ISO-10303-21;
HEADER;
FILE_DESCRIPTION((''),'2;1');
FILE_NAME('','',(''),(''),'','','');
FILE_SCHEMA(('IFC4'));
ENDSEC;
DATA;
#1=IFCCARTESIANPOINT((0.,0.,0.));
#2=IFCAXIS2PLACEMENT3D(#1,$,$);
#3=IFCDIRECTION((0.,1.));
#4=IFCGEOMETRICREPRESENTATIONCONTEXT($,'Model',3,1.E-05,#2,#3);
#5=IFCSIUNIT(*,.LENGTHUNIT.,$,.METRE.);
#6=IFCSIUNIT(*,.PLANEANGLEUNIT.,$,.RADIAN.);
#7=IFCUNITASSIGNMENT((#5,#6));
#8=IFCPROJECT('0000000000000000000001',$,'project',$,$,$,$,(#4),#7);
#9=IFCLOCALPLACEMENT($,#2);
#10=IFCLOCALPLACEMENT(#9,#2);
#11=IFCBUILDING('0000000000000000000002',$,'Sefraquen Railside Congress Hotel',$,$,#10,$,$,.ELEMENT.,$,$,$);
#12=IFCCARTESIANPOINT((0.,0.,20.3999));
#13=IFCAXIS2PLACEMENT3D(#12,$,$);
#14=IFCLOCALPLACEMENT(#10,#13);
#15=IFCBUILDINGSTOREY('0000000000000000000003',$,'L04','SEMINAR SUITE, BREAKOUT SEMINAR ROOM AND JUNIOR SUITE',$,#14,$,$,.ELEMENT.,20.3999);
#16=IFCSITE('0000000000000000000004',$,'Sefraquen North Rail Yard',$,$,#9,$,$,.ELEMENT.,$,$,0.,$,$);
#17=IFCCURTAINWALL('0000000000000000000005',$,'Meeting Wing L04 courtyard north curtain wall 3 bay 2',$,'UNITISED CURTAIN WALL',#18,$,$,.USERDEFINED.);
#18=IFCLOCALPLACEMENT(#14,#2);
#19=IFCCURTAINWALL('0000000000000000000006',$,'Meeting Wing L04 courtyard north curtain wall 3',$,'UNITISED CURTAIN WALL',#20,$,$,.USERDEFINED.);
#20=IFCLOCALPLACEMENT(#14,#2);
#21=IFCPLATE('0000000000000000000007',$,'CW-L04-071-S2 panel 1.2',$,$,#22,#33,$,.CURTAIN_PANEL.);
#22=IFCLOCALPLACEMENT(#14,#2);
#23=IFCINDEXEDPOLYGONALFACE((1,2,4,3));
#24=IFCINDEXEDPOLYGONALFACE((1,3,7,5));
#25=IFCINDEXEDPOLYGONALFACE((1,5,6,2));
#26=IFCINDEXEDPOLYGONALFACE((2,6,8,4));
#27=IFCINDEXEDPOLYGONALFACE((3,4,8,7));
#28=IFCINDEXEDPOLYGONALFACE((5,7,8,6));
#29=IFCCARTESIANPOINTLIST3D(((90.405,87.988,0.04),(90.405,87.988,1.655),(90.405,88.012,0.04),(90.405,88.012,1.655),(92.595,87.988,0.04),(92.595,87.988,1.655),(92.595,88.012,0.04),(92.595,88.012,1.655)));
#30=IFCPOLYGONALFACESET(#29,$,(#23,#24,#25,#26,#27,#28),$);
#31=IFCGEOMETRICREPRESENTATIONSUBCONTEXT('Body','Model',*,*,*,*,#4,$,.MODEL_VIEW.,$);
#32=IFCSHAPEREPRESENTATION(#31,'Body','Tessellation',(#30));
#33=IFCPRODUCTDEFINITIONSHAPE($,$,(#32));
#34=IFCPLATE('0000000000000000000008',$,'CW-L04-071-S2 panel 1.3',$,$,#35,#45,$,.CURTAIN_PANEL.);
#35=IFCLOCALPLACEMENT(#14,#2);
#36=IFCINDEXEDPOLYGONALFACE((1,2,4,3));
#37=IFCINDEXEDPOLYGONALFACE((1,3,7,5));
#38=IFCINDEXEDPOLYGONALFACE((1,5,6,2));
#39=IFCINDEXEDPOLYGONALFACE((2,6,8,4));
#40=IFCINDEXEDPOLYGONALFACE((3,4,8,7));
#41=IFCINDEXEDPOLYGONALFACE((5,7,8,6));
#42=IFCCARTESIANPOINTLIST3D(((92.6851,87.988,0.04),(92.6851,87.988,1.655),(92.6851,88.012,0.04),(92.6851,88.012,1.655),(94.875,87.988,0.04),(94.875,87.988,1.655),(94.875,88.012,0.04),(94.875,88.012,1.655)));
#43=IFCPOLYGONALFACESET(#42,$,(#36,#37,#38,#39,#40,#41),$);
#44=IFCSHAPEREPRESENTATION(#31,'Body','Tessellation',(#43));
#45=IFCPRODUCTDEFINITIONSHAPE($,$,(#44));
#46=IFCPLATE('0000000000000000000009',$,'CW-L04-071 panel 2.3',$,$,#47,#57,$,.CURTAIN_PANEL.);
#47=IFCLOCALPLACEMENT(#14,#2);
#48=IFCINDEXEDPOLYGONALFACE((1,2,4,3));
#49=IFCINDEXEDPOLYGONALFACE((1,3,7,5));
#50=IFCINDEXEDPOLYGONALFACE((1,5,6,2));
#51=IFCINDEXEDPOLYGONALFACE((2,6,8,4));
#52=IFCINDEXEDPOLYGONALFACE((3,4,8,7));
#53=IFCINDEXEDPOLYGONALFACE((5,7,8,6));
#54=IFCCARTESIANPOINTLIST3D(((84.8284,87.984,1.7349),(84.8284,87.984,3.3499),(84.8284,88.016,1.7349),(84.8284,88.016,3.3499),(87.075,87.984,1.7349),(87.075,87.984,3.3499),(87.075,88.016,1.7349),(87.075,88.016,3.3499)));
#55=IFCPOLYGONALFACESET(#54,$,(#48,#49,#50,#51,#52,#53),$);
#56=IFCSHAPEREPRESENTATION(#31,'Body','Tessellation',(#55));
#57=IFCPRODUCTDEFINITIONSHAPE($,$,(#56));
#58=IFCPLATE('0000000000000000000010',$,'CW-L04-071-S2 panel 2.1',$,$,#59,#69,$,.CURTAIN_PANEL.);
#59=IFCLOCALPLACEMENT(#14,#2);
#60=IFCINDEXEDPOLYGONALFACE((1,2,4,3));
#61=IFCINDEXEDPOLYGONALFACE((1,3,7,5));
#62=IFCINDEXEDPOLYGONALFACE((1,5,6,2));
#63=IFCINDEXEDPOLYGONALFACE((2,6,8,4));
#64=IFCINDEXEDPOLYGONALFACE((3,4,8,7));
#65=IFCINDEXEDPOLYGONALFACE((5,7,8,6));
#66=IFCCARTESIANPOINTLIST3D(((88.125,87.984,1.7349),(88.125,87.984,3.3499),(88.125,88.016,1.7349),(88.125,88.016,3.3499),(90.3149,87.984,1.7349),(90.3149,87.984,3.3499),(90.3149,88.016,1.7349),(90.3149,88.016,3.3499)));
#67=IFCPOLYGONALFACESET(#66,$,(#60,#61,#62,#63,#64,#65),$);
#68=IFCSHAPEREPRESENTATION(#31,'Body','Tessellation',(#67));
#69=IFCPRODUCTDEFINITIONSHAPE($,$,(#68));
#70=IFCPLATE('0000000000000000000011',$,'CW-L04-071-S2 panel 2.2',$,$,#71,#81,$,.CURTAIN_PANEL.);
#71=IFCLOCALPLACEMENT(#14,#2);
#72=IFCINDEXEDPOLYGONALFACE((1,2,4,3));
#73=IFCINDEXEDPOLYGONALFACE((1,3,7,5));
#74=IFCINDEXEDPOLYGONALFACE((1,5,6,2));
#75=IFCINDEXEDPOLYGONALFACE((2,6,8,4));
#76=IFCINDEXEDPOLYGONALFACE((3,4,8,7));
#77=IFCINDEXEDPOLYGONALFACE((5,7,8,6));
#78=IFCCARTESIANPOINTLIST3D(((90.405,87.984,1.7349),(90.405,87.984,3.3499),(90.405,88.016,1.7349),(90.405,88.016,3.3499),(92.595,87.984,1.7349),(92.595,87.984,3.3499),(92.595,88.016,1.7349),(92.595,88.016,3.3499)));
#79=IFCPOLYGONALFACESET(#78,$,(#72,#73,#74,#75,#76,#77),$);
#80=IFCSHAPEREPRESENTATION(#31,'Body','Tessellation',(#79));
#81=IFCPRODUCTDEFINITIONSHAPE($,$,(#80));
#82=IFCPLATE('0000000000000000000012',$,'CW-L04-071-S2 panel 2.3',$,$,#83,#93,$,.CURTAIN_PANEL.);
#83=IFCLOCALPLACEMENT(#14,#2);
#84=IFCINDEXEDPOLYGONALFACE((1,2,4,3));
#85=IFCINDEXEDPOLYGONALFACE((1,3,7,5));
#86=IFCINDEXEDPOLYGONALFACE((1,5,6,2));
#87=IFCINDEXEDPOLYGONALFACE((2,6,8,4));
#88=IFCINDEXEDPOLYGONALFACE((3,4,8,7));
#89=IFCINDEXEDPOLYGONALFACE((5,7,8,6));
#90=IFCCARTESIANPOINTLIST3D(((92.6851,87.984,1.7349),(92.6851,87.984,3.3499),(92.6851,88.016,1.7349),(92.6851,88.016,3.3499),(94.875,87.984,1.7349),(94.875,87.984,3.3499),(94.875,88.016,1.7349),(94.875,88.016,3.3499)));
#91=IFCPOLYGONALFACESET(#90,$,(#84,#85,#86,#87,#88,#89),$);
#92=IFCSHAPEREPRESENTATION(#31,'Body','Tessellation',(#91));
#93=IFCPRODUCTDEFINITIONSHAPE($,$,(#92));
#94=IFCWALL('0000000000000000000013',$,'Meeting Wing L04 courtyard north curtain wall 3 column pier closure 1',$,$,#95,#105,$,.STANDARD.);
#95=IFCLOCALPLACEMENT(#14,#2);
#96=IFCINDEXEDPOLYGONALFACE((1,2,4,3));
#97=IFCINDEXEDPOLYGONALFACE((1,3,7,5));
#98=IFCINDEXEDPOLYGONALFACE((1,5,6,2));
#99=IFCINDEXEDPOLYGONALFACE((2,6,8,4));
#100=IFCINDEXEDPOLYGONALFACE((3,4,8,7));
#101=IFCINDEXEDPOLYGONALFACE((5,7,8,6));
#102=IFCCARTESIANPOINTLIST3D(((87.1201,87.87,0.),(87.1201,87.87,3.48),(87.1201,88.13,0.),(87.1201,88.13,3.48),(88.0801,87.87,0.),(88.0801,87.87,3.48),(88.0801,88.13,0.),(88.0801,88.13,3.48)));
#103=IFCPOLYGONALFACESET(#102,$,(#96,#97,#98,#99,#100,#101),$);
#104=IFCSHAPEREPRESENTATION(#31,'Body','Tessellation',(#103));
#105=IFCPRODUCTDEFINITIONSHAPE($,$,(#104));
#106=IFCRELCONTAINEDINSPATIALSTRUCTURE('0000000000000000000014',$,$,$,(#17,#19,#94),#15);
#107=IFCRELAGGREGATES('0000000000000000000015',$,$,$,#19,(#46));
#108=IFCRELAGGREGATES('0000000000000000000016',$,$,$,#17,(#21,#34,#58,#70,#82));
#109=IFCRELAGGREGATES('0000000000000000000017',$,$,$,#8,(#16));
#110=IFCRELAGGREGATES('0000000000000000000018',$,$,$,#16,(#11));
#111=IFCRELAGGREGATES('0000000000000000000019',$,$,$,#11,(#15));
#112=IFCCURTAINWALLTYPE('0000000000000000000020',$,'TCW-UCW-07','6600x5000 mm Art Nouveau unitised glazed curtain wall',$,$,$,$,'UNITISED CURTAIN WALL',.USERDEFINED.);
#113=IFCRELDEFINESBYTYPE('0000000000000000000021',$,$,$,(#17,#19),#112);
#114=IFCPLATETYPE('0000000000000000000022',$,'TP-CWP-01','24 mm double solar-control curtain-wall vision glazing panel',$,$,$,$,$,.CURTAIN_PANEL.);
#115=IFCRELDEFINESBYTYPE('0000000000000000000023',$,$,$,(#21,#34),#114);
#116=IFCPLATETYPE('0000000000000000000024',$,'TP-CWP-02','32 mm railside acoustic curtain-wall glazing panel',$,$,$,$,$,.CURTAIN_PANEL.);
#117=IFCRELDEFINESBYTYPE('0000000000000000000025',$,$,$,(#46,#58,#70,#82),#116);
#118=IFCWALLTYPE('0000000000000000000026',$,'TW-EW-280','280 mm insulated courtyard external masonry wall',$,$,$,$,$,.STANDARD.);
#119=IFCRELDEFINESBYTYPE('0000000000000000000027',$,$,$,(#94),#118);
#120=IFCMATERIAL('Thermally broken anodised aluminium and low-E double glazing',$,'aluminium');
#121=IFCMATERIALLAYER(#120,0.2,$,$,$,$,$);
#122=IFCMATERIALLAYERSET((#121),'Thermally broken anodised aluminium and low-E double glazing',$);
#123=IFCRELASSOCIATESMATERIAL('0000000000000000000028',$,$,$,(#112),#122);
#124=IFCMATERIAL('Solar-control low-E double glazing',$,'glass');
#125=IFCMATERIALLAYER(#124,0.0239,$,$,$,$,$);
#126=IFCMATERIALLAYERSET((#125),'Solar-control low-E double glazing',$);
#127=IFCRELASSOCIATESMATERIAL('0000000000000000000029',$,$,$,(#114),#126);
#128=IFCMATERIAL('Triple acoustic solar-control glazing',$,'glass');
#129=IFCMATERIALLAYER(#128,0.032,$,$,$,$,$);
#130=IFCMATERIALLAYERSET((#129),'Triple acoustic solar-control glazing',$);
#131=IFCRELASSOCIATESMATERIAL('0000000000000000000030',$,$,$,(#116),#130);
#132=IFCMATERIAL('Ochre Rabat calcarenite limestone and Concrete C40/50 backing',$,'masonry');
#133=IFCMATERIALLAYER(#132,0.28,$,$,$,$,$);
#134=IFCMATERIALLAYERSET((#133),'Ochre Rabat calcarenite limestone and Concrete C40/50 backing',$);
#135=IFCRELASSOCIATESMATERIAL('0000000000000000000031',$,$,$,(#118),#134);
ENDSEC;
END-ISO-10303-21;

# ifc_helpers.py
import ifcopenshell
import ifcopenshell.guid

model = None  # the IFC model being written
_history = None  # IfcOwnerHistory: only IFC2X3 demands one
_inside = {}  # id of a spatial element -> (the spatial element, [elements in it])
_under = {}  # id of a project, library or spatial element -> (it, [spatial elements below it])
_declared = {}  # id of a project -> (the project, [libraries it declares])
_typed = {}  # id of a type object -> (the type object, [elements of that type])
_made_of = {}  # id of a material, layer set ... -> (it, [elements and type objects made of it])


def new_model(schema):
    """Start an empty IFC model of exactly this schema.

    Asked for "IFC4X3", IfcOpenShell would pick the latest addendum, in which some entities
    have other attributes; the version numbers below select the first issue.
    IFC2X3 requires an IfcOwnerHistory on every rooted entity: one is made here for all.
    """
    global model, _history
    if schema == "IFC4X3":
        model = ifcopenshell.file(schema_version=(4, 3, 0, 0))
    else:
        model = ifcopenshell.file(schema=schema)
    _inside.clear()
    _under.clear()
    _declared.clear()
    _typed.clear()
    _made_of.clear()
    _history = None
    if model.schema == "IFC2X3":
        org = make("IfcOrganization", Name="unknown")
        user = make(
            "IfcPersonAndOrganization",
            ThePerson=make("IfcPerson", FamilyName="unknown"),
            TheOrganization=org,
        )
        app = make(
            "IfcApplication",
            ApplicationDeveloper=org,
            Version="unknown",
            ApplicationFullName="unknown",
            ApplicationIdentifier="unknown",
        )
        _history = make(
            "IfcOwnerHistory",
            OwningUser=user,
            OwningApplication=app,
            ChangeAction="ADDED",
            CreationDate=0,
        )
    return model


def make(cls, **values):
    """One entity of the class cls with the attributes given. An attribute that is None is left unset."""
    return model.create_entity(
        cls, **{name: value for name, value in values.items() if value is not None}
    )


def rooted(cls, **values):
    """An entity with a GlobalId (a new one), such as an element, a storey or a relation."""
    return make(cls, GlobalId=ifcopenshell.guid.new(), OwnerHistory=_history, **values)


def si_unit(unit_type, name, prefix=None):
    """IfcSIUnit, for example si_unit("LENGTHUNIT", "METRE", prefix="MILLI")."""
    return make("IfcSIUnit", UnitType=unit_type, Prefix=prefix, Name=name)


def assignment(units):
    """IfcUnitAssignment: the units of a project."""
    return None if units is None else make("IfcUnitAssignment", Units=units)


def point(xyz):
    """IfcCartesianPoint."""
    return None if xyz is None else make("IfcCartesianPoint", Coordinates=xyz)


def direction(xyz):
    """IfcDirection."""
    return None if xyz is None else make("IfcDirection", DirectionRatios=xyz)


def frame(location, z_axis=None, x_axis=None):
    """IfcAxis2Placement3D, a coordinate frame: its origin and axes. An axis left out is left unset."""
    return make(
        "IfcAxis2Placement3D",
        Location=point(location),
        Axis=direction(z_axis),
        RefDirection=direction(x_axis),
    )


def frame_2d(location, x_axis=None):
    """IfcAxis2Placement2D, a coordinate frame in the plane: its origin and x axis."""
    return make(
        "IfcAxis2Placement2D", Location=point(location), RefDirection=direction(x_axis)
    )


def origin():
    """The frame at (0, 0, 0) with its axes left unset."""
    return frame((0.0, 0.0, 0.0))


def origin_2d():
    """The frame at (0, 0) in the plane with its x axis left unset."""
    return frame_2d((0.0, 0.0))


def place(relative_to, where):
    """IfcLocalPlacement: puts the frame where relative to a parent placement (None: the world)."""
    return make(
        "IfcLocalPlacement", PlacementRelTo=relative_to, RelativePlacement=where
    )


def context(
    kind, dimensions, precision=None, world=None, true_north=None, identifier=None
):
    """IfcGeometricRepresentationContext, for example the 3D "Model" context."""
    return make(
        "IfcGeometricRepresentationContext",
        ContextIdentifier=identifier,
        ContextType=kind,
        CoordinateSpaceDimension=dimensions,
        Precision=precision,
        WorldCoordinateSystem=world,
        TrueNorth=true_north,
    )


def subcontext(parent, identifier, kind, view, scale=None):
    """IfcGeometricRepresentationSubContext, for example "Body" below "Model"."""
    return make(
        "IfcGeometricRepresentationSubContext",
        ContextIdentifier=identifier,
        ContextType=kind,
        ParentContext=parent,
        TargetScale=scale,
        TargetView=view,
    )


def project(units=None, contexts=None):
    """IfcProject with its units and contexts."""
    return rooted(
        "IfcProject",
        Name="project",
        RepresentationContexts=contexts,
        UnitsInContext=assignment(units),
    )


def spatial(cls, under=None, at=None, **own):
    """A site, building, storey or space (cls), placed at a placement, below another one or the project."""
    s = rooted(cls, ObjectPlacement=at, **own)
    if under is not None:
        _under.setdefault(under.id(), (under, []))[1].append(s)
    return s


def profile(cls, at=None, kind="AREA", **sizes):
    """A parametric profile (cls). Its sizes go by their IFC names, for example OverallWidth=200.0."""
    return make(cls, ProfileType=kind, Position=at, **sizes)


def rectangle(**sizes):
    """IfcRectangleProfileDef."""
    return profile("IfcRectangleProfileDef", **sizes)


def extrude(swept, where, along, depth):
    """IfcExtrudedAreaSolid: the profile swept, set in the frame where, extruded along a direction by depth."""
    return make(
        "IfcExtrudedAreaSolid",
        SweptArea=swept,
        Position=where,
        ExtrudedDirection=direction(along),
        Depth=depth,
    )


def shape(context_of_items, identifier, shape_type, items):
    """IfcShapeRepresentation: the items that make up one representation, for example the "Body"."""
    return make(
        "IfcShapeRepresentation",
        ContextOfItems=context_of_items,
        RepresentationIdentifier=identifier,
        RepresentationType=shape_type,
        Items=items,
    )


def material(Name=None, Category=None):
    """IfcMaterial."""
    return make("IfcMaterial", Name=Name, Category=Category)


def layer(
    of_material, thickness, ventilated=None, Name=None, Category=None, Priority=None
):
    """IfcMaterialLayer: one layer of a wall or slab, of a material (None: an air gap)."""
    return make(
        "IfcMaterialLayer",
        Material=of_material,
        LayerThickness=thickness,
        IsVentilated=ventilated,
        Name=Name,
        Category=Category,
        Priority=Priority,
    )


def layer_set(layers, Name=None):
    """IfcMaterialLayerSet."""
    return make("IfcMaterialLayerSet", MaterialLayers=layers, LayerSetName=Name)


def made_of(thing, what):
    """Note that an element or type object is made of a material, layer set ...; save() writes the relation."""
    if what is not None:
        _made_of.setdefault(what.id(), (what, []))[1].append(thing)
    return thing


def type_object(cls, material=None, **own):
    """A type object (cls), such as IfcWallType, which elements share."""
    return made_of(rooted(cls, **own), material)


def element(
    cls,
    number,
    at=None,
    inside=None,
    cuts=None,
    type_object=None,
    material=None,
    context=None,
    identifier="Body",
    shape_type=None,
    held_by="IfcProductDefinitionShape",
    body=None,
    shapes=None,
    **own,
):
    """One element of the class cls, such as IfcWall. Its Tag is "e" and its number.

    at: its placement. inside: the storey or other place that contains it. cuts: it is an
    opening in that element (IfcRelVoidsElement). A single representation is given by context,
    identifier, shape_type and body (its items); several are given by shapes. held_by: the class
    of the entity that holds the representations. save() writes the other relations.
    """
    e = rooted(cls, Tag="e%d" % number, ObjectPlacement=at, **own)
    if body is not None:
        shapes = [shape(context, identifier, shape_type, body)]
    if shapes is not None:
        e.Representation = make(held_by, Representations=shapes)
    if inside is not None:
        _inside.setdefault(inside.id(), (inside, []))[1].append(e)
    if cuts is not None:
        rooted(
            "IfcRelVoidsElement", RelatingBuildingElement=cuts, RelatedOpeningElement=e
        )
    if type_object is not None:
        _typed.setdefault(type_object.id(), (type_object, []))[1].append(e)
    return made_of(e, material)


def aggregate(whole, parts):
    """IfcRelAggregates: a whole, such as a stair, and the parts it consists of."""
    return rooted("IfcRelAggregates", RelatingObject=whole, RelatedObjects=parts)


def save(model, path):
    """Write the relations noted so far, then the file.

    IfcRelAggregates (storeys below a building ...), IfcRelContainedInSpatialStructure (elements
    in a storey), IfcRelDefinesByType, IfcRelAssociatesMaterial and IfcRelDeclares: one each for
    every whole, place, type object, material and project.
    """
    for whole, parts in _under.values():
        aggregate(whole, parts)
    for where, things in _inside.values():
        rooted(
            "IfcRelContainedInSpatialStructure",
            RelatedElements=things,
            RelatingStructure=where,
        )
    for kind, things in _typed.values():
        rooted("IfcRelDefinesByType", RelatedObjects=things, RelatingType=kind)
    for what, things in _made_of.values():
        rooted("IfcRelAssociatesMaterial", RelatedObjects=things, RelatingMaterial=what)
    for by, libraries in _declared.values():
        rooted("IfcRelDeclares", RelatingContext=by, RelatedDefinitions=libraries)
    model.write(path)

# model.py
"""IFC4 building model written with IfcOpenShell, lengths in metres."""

from ifc_helpers import new_model, si_unit, direction, frame, frame_2d, origin, origin_2d, place, context, subcontext, project, spatial, rectangle, extrude, material, layer, layer_set, type_object, element, aggregate, save


model = new_model("IFC4")

# Units and contexts
model_context = context("Model", 3, precision=1e-05, world=origin(), true_north=direction((0.0, 1.0)))
body_context = subcontext(model_context, "Body", "Model", "MODEL_VIEW")
ifc_project = project(units=[si_unit("LENGTHUNIT", "METRE"), si_unit("PLANEANGLEUNIT", "RADIAN")], contexts=[model_context])

# Site, building, storey
site_placement = place(None, origin())
site = spatial("IfcSite", under=ifc_project, at=site_placement, Name="Sefraquen North Rail Yard", CompositionType="ELEMENT", RefElevation=0.0)
building_placement = place(site_placement, origin())
building = spatial("IfcBuilding", under=site, at=building_placement, Name="Sefraquen Railside Congress Hotel", CompositionType="ELEMENT")
storey_placement = place(building_placement, frame((0.0, 0.0, 20.3999)))
storey = spatial("IfcBuildingStorey", under=building, at=storey_placement, Name="L04", Description="SEMINAR SUITE, BREAKOUT SEMINAR ROOM AND JUNIOR SUITE", CompositionType="ELEMENT", Elevation=20.3999)

# Curtain wall
ifc_material_1 = material(Name="Thermally broken anodised aluminium and low-E double glazing", Category="aluminium")
ifc_layer_1 = layer(ifc_material_1, 0.2)
ifc_layer_set_1 = layer_set([ifc_layer_1], Name="Thermally broken anodised aluminium and low-E double glazing")
curtain_wall_type = type_object("IfcCurtainWallType", Name="TCW-UCW-07", Description="6600x5000 mm Art Nouveau unitised glazed curtain wall", ElementType="UNITISED CURTAIN WALL", PredefinedType="USERDEFINED", material=ifc_layer_set_1)
curtain_wall_1_placement = place(storey_placement, origin())
curtain_wall_1 = element("IfcCurtainWall", 1, at=curtain_wall_1_placement, inside=storey, type_object=curtain_wall_type, Name="Meeting Wing L04 courtyard north curtain wall 3 bay 2", ObjectType="UNITISED CURTAIN WALL", PredefinedType="USERDEFINED")

# Curtain wall
curtain_wall_2_placement = place(storey_placement, origin())
curtain_wall_2 = element("IfcCurtainWall", 2, at=curtain_wall_2_placement, inside=storey, type_object=curtain_wall_type, Name="Meeting Wing L04 courtyard north curtain wall 3", ObjectType="UNITISED CURTAIN WALL", PredefinedType="USERDEFINED")

# Plates
ifc_material_2 = material(Name="Solar-control low-E double glazing", Category="glass")
ifc_layer_2 = layer(ifc_material_2, 0.0239)
ifc_layer_set_2 = layer_set([ifc_layer_2], Name="Solar-control low-E double glazing")
plate_type_1 = type_object("IfcPlateType", Name="TP-CWP-01", Description="24 mm double solar-control curtain-wall vision glazing panel", PredefinedType="CURTAIN_PANEL", material=ifc_layer_set_2)
plate_1_placement = place(storey_placement, frame((91.5, 88.0, 0.04), z_axis=(0.0, 0.0, 1.0), x_axis=(1.0, 0.0, 0.0)))
plate_1 = element("IfcPlate", 3, at=plate_1_placement, type_object=plate_type_1, Name="CW-L04-071-S2 panel 1.2", PredefinedType="CURTAIN_PANEL", context=body_context, shape_type="SweptSolid", body=[
    extrude(rectangle(XDim=2.1899, YDim=0.0239, at=origin_2d()), origin(), (0.0, 0.0, 1.0), 1.615),
])
plate_2_placement = place(storey_placement, frame((93.78, 88.0, 0.04), z_axis=(0.0, 0.0, 1.0), x_axis=(1.0, 0.0, 0.0)))
plate_2 = element("IfcPlate", 4, at=plate_2_placement, type_object=plate_type_1, Name="CW-L04-071-S2 panel 1.3", PredefinedType="CURTAIN_PANEL", context=body_context, shape_type="SweptSolid", body=[
    extrude(rectangle(XDim=2.1899, YDim=0.0239, at=origin_2d()), origin(), (0.0, 0.0, 1.0), 1.615),
])
ifc_material_3 = material(Name="Triple acoustic solar-control glazing", Category="glass")
ifc_layer_3 = layer(ifc_material_3, 0.032)
ifc_layer_set_3 = layer_set([ifc_layer_3], Name="Triple acoustic solar-control glazing")
plate_type_2 = type_object("IfcPlateType", Name="TP-CWP-02", Description="32 mm railside acoustic curtain-wall glazing panel", PredefinedType="CURTAIN_PANEL", material=ifc_layer_set_3)
plate_3_placement = place(storey_placement, frame((85.9517, 88.0, 1.7349), z_axis=(0.0, 0.0, 1.0), x_axis=(1.0, 0.0, 0.0)))
plate_3 = element("IfcPlate", 5, at=plate_3_placement, type_object=plate_type_2, Name="CW-L04-071 panel 2.3", PredefinedType="CURTAIN_PANEL", context=body_context, shape_type="SweptSolid", body=[
    extrude(rectangle(XDim=2.2466, YDim=0.032, at=origin_2d()), origin(), (0.0, 0.0, 1.0), 1.615),
])
aggregate(curtain_wall_2, [plate_3])
plate_4_placement = place(storey_placement, frame((89.22, 88.0, 1.7349), z_axis=(0.0, 0.0, 1.0), x_axis=(1.0, 0.0, 0.0)))
plate_4 = element("IfcPlate", 6, at=plate_4_placement, type_object=plate_type_2, Name="CW-L04-071-S2 panel 2.1", PredefinedType="CURTAIN_PANEL", context=body_context, shape_type="SweptSolid", body=[
    extrude(rectangle(XDim=2.1899, YDim=0.032, at=origin_2d()), origin(), (0.0, 0.0, 1.0), 1.615),
])
plate_5_placement = place(storey_placement, frame((91.5, 88.0, 1.7349), z_axis=(0.0, 0.0, 1.0), x_axis=(1.0, 0.0, 0.0)))
plate_5 = element("IfcPlate", 7, at=plate_5_placement, type_object=plate_type_2, Name="CW-L04-071-S2 panel 2.2", PredefinedType="CURTAIN_PANEL", context=body_context, shape_type="SweptSolid", body=[
    extrude(rectangle(XDim=2.1899, YDim=0.032, at=origin_2d()), origin(), (0.0, 0.0, 1.0), 1.615),
])
plate_6_placement = place(storey_placement, frame((93.78, 88.0, 1.7349), z_axis=(0.0, 0.0, 1.0), x_axis=(1.0, 0.0, 0.0)))
plate_6 = element("IfcPlate", 8, at=plate_6_placement, type_object=plate_type_2, Name="CW-L04-071-S2 panel 2.3", PredefinedType="CURTAIN_PANEL", context=body_context, shape_type="SweptSolid", body=[
    extrude(rectangle(XDim=2.1899, YDim=0.032, at=origin_2d()), origin(), (0.0, 0.0, 1.0), 1.615),
])
aggregate(curtain_wall_1, [plate_1, plate_2, plate_4, plate_5, plate_6])

# Wall
ifc_material_4 = material(Name="Ochre Rabat calcarenite limestone and Concrete C40/50 backing", Category="masonry")
ifc_layer_4 = layer(ifc_material_4, 0.28)
ifc_layer_set_4 = layer_set([ifc_layer_4], Name="Ochre Rabat calcarenite limestone and Concrete C40/50 backing")
wall_type = type_object("IfcWallType", Name="TW-EW-280", Description="280 mm insulated courtyard external masonry wall", PredefinedType="STANDARD", material=ifc_layer_set_4)
wall_placement = place(storey_placement, frame((87.1201, 88.0, 0.0), z_axis=(0.0, 0.0, 1.0), x_axis=(1.0, 0.0, 0.0)))
element("IfcWall", 9, at=wall_placement, inside=storey, type_object=wall_type, Name="Meeting Wing L04 courtyard north curtain wall 3 column pier closure 1", PredefinedType="STANDARD", context=body_context, shape_type="SweptSolid", body=[
    extrude(rectangle(XDim=0.96, YDim=0.26, at=frame_2d((0.48, 0.0))), origin(), (0.0, 0.0, 1.0), 3.48),
])

save(model, "model.ifc")
